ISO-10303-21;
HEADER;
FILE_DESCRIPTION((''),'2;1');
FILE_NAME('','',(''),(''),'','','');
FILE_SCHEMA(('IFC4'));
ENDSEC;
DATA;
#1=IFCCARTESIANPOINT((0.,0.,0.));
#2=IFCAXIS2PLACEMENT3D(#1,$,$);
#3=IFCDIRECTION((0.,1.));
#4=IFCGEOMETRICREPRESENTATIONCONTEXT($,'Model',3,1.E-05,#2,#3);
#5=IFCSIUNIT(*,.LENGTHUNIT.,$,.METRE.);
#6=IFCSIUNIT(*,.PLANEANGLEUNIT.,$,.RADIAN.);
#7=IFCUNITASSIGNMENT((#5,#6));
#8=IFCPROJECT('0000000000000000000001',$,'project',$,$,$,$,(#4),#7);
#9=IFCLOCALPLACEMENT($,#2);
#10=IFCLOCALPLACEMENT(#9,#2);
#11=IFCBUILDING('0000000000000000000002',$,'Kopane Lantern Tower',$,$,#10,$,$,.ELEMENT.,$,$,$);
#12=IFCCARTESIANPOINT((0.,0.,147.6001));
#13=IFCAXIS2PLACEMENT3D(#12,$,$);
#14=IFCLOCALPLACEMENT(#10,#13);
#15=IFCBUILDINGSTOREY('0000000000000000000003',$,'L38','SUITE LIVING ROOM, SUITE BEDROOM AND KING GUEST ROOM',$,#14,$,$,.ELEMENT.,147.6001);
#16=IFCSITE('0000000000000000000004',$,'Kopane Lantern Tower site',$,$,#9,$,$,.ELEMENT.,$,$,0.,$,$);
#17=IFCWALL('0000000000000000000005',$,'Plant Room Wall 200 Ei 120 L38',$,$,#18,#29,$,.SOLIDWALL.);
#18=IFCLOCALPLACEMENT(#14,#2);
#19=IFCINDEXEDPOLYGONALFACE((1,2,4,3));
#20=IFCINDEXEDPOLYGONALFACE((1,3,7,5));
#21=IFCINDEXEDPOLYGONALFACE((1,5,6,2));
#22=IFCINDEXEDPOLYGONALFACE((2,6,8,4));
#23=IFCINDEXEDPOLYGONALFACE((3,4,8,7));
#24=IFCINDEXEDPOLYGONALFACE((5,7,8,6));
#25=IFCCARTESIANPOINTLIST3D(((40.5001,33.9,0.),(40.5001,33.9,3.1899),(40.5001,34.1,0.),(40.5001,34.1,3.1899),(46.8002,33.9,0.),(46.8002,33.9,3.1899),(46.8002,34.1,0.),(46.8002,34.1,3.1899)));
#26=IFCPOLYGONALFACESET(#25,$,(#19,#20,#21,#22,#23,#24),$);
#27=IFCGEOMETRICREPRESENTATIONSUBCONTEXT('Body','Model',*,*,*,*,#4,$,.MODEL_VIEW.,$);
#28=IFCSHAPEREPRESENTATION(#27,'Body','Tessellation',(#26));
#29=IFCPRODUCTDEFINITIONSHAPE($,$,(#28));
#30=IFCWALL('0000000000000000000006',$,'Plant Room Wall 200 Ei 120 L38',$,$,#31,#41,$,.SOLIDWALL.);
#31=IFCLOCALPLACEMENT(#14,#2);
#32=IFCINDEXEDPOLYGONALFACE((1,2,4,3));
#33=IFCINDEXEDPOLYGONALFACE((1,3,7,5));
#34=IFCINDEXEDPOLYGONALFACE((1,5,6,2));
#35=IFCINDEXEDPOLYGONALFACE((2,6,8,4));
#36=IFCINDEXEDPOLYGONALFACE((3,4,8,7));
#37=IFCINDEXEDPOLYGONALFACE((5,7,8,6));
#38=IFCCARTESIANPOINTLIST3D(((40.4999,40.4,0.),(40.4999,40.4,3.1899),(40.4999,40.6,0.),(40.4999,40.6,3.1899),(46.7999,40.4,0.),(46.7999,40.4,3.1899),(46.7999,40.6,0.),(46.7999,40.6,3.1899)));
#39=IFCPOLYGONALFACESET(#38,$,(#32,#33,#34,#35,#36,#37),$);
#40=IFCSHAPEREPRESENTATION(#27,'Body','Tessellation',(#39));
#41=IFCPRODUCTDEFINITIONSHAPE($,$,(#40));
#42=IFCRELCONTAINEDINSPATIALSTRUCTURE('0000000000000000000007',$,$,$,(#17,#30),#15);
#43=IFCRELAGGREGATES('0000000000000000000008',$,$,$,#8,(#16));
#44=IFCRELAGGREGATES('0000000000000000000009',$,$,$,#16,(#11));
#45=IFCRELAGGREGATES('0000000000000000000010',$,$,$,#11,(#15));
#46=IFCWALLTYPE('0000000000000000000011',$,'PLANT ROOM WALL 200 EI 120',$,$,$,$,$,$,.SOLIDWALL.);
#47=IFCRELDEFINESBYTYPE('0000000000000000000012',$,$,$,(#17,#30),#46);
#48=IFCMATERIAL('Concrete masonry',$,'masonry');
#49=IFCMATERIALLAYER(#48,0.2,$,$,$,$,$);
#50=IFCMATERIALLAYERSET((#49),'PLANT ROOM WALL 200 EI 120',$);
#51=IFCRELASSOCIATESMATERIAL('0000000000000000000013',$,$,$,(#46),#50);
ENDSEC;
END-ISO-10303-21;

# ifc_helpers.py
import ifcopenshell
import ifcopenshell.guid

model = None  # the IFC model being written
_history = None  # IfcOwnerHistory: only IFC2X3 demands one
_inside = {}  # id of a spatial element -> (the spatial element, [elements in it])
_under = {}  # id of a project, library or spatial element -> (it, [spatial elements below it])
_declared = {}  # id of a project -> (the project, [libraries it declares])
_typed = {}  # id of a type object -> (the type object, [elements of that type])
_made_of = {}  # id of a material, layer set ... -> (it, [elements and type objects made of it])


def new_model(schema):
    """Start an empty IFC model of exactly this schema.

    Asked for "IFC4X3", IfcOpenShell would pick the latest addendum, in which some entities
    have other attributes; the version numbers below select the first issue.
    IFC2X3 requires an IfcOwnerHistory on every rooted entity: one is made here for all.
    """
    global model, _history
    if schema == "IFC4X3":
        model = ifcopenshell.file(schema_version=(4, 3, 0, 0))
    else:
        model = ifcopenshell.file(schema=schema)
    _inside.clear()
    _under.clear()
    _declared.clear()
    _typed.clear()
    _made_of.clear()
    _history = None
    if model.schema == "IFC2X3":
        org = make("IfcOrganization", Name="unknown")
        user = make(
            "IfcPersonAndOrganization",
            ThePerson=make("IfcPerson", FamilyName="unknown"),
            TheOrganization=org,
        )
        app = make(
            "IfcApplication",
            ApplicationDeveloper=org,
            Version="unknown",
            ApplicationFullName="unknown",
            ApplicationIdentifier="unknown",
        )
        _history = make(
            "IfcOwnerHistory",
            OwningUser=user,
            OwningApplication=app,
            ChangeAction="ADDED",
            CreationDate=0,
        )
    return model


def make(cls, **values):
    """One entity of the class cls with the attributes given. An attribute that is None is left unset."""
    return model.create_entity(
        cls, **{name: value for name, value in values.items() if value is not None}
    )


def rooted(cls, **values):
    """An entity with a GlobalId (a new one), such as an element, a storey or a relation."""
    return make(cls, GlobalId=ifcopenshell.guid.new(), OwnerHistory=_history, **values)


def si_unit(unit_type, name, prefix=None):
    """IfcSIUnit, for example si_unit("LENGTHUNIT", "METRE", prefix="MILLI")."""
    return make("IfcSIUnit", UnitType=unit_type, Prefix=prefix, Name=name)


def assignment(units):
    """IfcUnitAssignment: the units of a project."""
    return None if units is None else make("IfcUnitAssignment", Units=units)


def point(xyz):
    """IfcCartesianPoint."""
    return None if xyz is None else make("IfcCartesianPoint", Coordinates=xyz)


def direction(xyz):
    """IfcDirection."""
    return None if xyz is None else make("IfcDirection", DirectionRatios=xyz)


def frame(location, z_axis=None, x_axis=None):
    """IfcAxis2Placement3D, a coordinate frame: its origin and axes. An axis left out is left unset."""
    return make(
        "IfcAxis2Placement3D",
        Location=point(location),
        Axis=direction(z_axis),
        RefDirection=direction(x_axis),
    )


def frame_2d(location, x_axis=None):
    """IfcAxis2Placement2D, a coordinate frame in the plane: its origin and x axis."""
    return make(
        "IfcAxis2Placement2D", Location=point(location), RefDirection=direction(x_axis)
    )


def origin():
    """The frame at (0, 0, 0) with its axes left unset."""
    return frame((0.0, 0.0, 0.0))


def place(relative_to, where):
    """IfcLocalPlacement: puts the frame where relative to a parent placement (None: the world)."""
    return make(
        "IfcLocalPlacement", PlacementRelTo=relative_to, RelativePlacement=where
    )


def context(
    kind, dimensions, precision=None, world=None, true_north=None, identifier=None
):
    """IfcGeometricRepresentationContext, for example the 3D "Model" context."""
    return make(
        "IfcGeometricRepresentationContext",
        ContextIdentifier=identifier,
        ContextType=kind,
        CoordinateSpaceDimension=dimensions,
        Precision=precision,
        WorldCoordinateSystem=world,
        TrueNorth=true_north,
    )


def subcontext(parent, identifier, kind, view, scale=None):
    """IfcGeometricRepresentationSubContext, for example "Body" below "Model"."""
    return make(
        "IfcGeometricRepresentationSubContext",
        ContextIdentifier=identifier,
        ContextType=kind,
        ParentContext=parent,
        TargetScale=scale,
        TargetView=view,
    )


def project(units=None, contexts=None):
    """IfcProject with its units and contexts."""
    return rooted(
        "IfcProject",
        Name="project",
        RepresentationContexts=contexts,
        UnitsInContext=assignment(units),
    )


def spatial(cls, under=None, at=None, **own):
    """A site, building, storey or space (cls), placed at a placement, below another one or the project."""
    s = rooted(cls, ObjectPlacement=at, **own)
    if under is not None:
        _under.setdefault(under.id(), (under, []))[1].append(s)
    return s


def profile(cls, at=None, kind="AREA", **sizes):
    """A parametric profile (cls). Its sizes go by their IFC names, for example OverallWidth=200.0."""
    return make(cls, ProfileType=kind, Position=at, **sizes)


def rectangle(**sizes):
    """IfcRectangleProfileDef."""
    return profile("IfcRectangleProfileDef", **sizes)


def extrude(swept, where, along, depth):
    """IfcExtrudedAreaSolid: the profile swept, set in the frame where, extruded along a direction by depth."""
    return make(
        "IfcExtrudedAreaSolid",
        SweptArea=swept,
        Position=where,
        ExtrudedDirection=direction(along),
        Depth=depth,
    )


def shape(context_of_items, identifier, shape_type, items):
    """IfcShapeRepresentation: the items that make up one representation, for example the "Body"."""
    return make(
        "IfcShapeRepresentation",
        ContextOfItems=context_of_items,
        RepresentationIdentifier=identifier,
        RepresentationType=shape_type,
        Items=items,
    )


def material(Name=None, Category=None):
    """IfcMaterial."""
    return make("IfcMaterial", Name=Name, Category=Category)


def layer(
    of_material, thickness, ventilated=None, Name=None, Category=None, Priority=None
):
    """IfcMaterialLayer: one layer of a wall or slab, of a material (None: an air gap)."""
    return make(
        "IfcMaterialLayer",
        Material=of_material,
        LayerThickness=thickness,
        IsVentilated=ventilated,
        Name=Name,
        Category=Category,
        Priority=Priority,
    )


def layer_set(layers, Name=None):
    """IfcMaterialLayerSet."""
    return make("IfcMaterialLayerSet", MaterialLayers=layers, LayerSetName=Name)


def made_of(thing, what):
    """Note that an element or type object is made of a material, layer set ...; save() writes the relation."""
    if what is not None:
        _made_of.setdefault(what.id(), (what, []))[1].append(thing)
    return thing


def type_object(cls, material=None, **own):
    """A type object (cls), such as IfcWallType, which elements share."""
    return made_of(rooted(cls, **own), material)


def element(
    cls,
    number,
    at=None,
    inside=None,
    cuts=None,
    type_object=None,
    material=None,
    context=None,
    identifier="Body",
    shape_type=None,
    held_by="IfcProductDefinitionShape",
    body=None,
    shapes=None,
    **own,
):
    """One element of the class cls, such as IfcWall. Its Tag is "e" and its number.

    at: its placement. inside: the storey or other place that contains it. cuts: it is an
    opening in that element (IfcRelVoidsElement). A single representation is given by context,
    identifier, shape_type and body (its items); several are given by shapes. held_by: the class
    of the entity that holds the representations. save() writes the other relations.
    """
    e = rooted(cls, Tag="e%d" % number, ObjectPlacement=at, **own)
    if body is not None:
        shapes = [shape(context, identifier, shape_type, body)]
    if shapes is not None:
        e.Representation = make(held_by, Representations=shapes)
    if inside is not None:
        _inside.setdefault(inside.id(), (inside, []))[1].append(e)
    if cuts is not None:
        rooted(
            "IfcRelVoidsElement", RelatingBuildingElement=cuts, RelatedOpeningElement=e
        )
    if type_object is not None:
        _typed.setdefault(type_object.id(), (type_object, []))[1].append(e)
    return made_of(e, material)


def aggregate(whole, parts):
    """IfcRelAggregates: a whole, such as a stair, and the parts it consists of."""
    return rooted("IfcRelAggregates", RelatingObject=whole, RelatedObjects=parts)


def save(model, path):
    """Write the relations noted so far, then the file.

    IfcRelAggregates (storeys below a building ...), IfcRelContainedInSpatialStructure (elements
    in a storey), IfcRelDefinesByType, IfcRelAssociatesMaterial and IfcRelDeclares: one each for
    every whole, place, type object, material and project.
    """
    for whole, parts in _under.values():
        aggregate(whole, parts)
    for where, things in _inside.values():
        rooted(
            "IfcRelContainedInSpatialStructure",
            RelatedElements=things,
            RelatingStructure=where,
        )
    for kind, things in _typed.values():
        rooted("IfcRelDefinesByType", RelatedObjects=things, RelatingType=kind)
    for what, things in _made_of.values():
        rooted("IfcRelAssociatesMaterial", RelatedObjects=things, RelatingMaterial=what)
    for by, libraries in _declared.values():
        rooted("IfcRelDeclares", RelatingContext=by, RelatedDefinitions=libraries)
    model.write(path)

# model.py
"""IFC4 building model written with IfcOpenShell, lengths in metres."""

from ifc_helpers import new_model, si_unit, direction, frame, frame_2d, origin, place, context, subcontext, project, spatial, rectangle, extrude, material, layer, layer_set, type_object, element, save


model = new_model("IFC4")

# Units and contexts
model_context = context("Model", 3, precision=1e-05, world=origin(), true_north=direction((0.0, 1.0)))
body_context = subcontext(model_context, "Body", "Model", "MODEL_VIEW")
ifc_project = project(units=[si_unit("LENGTHUNIT", "METRE"), si_unit("PLANEANGLEUNIT", "RADIAN")], contexts=[model_context])

# Site, building, storey
site_placement = place(None, origin())
site = spatial("IfcSite", under=ifc_project, at=site_placement, Name="Kopane Lantern Tower site", CompositionType="ELEMENT", RefElevation=0.0)
building_placement = place(site_placement, origin())
building = spatial("IfcBuilding", under=site, at=building_placement, Name="Kopane Lantern Tower", CompositionType="ELEMENT")
storey_placement = place(building_placement, frame((0.0, 0.0, 147.6001)))
storey = spatial("IfcBuildingStorey", under=building, at=storey_placement, Name="L38", Description="SUITE LIVING ROOM, SUITE BEDROOM AND KING GUEST ROOM", CompositionType="ELEMENT", Elevation=147.6001)

# Walls
ifc_material_1 = material(Name="Concrete masonry", Category="masonry")
ifc_layer_1 = layer(ifc_material_1, 0.2)
ifc_layer_set_1 = layer_set([ifc_layer_1], Name="PLANT ROOM WALL 200 EI 120")
wall_type_1 = type_object("IfcWallType", Name="PLANT ROOM WALL 200 EI 120", PredefinedType="SOLIDWALL", material=ifc_layer_set_1)
for number, where, z_axis, x_axis, name in (
    (1, (46.8, 34.0, 0.0), (0.0, 0.0, 1.0), (-1.0, 0.0, 0.0), "Plant Room Wall 200 Ei 120 L38"),
    (2, (40.5, 40.5, 0.0), (0.0, 0.0, 1.0), (1.0, 0.0, 0.0), "Plant Room Wall 200 Ei 120 L38"),
):
    element("IfcWall", number, at=place(storey_placement, frame(where, z_axis=z_axis, x_axis=x_axis)), inside=storey, type_object=wall_type_1, Name=name, PredefinedType="SOLIDWALL", context=body_context, shape_type="SweptSolid", body=[
        extrude(rectangle(XDim=6.3, YDim=0.2, at=frame_2d((3.1499, 0.0))), origin(), (0.0, 0.0, 1.0), 3.1899),
    ])

save(model, "model.ifc")
